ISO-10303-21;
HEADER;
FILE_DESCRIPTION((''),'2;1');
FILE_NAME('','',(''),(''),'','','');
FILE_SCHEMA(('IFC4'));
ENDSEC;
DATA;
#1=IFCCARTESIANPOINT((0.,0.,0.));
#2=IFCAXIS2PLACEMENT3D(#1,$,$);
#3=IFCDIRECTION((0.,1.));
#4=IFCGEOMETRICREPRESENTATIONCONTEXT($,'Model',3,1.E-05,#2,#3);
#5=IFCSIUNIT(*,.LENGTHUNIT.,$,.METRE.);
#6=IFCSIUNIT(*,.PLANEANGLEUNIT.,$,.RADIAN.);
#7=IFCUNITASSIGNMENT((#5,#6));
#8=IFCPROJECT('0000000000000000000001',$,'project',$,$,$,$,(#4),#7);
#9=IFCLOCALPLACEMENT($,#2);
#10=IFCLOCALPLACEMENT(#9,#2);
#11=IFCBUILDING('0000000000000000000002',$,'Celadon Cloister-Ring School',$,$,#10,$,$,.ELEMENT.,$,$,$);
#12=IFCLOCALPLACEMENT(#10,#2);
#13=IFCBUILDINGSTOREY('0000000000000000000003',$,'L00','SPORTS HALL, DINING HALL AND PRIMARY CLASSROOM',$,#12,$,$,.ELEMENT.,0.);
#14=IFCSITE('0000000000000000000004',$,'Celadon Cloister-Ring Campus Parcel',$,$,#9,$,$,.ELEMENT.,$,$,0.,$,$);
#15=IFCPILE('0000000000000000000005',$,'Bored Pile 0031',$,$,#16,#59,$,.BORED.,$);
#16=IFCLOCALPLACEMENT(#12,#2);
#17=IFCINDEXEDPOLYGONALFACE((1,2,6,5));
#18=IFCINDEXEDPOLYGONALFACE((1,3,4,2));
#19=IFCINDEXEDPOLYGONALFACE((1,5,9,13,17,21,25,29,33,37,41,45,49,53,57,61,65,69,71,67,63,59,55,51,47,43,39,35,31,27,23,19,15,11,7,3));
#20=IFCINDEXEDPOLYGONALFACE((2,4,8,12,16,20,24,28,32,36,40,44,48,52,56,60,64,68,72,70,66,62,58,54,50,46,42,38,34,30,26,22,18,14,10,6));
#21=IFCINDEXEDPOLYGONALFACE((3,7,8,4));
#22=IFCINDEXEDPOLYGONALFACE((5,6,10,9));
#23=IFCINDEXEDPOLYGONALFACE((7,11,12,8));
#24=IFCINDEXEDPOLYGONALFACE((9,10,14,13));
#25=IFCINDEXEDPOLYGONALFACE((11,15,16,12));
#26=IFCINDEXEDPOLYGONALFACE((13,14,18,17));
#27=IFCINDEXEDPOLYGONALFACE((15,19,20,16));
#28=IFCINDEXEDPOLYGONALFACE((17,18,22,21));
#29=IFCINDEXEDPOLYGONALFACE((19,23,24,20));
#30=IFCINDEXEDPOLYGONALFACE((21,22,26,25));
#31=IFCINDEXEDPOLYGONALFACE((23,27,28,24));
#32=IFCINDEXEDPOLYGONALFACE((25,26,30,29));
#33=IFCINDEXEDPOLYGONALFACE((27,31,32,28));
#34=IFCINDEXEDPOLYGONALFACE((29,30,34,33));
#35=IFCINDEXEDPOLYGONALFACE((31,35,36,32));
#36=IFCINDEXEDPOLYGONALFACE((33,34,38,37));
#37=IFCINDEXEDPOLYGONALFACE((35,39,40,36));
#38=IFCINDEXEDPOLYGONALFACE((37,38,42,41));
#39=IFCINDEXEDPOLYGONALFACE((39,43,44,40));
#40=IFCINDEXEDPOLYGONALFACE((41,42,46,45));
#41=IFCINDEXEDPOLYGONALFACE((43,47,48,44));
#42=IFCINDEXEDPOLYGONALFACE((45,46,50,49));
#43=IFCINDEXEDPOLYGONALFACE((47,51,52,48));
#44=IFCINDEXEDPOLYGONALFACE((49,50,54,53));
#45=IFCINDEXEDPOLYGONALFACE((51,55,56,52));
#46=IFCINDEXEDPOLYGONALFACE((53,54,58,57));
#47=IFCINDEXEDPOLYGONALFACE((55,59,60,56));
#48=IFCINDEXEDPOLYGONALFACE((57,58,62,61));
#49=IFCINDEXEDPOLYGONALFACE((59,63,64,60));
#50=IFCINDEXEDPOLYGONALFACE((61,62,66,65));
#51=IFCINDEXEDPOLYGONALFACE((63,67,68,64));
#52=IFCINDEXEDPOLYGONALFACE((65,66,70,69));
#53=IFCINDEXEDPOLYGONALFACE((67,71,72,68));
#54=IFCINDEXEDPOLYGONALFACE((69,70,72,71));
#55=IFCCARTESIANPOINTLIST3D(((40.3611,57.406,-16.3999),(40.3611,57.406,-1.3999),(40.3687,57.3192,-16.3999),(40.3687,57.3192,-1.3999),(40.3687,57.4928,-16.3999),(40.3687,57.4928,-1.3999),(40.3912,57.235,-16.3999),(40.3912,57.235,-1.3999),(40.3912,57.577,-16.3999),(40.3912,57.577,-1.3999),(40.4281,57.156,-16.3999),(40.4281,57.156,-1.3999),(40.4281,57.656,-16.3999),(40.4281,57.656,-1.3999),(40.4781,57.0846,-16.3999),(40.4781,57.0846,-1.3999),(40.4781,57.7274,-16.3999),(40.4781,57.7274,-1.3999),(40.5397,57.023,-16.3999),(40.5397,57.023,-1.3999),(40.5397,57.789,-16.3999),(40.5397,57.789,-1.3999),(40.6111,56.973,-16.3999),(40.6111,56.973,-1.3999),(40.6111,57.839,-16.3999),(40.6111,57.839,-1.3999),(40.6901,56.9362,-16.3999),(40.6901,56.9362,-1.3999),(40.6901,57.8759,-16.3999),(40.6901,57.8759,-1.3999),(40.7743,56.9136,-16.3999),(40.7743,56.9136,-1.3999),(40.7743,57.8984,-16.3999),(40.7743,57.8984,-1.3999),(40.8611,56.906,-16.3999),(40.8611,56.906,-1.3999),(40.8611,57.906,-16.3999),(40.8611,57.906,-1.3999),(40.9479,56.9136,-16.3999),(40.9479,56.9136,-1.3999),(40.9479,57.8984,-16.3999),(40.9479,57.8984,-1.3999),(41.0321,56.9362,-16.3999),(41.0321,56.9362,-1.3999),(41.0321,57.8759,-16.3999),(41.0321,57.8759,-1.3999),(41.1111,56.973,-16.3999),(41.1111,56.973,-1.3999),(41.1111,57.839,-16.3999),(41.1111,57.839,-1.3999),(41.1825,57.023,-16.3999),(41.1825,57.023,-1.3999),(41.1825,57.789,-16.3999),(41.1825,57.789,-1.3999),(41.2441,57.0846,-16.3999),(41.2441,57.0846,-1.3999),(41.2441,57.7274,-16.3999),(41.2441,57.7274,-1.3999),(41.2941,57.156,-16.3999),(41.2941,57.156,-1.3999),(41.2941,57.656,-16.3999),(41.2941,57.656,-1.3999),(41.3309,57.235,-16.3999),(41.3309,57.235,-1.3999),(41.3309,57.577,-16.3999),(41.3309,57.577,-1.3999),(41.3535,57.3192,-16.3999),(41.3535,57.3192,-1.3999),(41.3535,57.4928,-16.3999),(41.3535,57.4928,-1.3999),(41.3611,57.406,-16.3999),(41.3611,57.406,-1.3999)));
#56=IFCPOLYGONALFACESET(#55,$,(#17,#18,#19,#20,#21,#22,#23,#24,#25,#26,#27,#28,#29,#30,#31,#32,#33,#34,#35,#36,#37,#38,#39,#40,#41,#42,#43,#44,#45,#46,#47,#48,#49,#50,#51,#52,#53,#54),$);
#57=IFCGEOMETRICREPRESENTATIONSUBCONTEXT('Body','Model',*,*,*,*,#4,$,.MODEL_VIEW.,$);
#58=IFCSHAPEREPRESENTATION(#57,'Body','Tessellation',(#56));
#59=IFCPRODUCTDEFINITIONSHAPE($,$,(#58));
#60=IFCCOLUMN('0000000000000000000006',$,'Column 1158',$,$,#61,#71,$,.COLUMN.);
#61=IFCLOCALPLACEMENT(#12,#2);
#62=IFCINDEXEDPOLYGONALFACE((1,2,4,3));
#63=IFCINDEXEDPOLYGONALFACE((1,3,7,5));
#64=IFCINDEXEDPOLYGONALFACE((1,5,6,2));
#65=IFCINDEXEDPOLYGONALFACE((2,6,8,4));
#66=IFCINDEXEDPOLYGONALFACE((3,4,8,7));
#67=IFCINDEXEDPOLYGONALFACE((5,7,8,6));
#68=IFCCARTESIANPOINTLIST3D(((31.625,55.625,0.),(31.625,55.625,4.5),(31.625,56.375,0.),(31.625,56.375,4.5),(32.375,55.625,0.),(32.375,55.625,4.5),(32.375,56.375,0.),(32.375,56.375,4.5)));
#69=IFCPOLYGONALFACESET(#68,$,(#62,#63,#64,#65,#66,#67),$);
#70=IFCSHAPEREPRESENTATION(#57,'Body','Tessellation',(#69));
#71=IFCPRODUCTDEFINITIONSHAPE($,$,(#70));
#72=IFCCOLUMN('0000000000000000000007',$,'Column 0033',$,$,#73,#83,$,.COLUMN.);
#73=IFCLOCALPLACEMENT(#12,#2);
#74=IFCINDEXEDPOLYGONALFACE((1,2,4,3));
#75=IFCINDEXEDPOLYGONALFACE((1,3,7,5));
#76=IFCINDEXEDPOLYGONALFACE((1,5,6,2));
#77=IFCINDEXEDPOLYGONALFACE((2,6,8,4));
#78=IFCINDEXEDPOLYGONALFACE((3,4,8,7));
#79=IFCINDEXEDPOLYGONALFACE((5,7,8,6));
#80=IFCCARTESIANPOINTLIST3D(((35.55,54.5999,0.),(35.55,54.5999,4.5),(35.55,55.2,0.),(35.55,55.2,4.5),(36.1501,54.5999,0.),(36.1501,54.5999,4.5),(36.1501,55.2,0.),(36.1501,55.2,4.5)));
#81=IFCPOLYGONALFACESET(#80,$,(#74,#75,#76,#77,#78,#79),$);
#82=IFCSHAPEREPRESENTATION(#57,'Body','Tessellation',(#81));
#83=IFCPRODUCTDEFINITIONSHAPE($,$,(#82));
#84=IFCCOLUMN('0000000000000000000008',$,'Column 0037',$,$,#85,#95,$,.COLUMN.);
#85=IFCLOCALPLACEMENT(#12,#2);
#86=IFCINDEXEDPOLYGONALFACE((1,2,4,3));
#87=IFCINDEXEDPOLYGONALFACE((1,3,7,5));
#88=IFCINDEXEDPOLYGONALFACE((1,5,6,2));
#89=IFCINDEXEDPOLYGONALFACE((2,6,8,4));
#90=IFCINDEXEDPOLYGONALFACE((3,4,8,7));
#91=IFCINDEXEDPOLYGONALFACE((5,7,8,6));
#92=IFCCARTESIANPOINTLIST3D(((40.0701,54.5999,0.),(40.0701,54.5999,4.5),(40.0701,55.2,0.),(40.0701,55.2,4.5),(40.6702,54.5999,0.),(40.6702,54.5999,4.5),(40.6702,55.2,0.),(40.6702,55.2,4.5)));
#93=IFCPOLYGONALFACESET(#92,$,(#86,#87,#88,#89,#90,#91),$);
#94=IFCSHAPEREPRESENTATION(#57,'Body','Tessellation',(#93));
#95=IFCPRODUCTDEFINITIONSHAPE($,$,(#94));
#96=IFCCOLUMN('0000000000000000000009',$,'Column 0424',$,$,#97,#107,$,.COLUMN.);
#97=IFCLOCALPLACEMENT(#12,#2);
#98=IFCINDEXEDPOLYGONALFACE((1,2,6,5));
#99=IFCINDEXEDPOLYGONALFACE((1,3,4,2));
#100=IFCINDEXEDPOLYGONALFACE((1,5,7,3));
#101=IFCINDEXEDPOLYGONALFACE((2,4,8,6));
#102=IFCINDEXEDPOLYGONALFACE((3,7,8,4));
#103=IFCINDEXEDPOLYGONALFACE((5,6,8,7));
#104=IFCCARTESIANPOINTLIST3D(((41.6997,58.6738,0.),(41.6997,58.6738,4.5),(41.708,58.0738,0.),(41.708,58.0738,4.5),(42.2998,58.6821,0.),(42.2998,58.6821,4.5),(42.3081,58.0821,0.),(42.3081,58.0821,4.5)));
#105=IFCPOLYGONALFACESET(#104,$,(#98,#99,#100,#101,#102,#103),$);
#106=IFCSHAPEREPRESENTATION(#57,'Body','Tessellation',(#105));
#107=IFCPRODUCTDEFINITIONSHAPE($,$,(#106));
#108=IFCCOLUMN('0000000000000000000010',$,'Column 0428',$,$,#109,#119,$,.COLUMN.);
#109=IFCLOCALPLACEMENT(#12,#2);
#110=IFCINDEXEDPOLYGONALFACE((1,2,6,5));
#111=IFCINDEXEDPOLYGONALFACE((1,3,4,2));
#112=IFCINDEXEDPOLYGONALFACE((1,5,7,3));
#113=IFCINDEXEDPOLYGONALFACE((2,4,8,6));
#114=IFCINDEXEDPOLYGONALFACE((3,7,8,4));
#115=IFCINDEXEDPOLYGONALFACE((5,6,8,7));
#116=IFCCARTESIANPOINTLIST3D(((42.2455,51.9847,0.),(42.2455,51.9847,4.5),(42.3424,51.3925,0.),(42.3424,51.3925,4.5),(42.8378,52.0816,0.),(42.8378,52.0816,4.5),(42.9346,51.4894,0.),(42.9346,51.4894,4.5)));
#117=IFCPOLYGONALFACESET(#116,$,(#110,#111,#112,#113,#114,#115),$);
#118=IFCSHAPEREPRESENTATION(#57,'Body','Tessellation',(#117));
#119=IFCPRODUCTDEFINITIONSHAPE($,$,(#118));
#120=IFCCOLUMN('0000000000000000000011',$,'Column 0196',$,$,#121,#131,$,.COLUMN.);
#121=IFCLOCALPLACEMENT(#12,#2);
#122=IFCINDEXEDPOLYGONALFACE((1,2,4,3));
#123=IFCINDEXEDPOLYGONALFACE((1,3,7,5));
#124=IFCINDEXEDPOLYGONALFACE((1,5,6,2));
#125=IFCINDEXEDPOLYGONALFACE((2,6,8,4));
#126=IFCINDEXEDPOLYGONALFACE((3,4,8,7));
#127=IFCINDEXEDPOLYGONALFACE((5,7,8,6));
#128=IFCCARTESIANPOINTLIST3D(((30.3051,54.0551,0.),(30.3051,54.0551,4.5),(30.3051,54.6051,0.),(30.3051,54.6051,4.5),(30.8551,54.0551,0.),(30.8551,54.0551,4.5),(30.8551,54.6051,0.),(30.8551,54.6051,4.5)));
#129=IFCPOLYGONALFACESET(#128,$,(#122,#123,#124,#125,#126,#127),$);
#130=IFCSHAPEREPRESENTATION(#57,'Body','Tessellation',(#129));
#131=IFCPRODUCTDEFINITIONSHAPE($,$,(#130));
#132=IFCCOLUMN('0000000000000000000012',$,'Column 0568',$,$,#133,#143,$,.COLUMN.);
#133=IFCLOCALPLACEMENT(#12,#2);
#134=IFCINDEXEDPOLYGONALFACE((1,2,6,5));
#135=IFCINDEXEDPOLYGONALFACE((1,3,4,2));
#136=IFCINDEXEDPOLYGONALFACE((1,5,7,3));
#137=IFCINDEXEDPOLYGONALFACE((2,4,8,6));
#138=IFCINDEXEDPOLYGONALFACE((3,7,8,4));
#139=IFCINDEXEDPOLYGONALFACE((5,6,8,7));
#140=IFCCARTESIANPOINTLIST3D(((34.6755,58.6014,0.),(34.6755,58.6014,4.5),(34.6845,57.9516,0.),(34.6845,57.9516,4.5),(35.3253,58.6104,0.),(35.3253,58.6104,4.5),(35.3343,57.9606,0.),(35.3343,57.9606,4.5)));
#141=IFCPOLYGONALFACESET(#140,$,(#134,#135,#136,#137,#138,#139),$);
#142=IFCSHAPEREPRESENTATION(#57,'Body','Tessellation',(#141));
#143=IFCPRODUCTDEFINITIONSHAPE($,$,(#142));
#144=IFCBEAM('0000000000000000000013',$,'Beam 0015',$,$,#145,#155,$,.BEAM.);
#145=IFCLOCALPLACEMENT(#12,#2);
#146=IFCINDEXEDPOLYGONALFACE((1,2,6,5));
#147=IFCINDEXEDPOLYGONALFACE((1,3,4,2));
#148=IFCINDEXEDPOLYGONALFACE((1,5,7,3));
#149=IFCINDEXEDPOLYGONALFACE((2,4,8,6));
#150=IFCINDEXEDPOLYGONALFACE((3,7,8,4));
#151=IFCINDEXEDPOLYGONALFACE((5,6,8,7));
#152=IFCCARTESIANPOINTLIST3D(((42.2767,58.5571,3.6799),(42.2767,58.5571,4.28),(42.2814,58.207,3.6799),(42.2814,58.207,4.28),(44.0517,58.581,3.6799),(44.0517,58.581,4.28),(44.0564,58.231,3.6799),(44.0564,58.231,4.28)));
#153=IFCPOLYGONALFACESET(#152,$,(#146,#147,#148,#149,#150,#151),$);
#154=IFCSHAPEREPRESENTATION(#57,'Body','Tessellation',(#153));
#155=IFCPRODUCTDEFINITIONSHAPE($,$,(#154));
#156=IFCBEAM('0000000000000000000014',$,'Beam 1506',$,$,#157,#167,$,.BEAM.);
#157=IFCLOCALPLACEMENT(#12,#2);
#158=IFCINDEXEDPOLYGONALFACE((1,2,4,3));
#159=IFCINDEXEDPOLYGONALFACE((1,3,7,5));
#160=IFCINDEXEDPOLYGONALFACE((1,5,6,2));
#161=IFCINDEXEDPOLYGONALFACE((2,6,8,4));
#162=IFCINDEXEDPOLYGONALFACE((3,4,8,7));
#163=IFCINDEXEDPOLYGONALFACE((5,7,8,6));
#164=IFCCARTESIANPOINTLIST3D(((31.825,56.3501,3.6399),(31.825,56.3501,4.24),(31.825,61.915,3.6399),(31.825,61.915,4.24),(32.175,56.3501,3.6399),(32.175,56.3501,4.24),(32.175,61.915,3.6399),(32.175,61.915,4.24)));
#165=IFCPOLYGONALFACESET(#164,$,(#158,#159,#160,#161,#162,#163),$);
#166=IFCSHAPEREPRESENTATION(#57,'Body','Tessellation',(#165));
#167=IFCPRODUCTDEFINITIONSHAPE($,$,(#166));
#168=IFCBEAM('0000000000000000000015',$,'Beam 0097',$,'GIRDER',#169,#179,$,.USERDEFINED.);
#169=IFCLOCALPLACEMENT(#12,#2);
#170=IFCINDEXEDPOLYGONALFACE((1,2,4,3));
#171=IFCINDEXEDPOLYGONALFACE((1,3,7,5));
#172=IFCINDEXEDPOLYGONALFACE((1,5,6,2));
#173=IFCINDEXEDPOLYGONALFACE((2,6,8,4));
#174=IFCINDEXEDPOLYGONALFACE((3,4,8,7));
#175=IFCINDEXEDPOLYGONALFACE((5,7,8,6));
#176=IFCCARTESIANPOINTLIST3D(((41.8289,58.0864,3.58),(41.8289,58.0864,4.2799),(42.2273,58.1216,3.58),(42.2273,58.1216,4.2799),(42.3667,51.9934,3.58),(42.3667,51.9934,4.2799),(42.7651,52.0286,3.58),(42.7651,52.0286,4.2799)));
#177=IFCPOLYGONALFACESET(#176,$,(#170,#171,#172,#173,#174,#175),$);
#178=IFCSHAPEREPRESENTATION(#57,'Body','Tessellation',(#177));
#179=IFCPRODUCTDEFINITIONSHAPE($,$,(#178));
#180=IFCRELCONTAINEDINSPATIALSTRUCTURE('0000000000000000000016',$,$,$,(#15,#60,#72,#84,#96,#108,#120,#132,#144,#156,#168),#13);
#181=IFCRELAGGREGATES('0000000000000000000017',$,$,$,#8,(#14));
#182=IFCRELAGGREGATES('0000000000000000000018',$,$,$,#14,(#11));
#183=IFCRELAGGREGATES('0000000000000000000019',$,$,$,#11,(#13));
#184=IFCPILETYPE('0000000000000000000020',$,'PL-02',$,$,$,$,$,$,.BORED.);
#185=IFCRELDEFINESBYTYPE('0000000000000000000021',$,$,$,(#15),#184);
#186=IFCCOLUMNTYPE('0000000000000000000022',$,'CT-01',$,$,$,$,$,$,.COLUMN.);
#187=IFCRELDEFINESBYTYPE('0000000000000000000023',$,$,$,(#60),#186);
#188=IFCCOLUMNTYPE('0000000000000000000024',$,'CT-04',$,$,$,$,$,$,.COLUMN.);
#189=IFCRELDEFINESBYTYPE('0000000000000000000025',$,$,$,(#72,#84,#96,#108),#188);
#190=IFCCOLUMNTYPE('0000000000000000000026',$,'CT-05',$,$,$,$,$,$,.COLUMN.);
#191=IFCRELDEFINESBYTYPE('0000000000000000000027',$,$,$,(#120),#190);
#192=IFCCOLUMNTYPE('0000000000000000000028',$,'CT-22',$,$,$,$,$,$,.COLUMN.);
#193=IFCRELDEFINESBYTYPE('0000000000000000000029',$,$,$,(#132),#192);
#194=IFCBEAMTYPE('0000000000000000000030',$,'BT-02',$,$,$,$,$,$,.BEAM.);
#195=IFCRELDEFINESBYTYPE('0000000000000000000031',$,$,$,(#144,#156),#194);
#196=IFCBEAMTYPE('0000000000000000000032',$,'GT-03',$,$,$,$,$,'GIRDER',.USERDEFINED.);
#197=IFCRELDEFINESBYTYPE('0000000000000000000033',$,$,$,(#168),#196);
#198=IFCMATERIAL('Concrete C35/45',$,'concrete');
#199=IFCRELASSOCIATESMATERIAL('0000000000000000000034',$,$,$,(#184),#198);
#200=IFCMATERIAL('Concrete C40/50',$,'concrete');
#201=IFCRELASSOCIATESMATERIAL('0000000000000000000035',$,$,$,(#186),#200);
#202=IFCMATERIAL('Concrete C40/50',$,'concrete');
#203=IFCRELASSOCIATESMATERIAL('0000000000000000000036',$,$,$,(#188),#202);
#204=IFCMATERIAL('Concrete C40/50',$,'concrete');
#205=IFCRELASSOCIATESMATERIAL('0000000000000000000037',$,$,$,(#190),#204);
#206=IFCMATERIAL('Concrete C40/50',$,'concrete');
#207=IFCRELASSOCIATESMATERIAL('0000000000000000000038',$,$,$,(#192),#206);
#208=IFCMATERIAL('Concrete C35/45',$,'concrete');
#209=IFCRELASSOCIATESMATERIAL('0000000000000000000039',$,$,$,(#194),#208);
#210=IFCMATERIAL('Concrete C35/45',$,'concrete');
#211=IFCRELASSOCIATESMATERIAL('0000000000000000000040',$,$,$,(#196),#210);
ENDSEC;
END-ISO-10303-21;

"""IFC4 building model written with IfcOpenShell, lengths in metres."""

from ifc_helpers import new_model, si_unit, direction, frame, origin, origin_2d, place, context, subcontext, project, spatial, rectangle, circle, extrude, material, material_profile, profile_set, type_object, element, save


model = new_model("IFC4")

# Units and contexts
model_context = context("Model", 3, precision=1e-05, world=origin(), true_north=direction((0.0, 1.0)))
body_context = subcontext(model_context, "Body", "Model", "MODEL_VIEW")
ifc_project = project(units=[si_unit("LENGTHUNIT", "METRE"), si_unit("PLANEANGLEUNIT", "RADIAN")], contexts=[model_context])

# Site, building, storey
site_placement = place(None, origin())
site = spatial("IfcSite", under=ifc_project, at=site_placement, Name="Celadon Cloister-Ring Campus Parcel", CompositionType="ELEMENT", RefElevation=0.0)
building_placement = place(site_placement, origin())
building = spatial("IfcBuilding", under=site, at=building_placement, Name="Celadon Cloister-Ring School", CompositionType="ELEMENT")
storey_placement = place(building_placement, origin())
storey = spatial("IfcBuildingStorey", under=building, at=storey_placement, Name="L00", Description="SPORTS HALL, DINING HALL AND PRIMARY CLASSROOM", CompositionType="ELEMENT", Elevation=0.0)

# Pile
ifc_material_1 = material(Name="Concrete C35/45", Category="concrete")
ifc_material_profile_1 = material_profile(ifc_material_1, circle(Radius=0.5, at=origin_2d()), Name="PILE1000")
ifc_profile_set_1 = profile_set([ifc_material_profile_1], Name="Concrete C35/45")
pile_type = type_object("IfcPileType", Name="PL-02", PredefinedType="BORED", material=ifc_profile_set_1)
for number, where, z_axis, x_axis, name in (
    (1, (40.8611, 57.406, -1.3999), (0.0, 0.0, -1.0), (1.0, 0.0, 0.0), "Bored Pile 0031"),
):
    element("IfcPile", number, at=place(storey_placement, frame(where, z_axis=z_axis, x_axis=x_axis)), inside=storey, type_object=pile_type, Name=name, PredefinedType="BORED", context=body_context, shape_type="SweptSolid", body=[
        extrude(circle(Radius=0.5, at=origin_2d()), origin(), (0.0, 0.0, 1.0), 15.0),
    ])

# Columns
ifc_material_2 = material(Name="Concrete C40/50", Category="concrete")
ifc_material_profile_2 = material_profile(ifc_material_2, rectangle(XDim=0.75, YDim=0.75, at=origin_2d()), Name="RC750X750")
ifc_profile_set_2 = profile_set([ifc_material_profile_2], Name="Concrete C40/50")
column_type_1 = type_object("IfcColumnType", Name="CT-01", PredefinedType="COLUMN", material=ifc_profile_set_2)
column_1_placement = place(storey_placement, frame((32.0, 56.0, 0.0), z_axis=(0.0, 0.0, 1.0), x_axis=(1.0, 0.0, 0.0)))
element("IfcColumn", 2, at=column_1_placement, inside=storey, type_object=column_type_1, Name="Column 1158", PredefinedType="COLUMN", context=body_context, shape_type="SweptSolid", body=[
    extrude(rectangle(XDim=0.75, YDim=0.75, at=origin_2d()), origin(), (0.0, 0.0, 1.0), 4.5),
])
ifc_material_3 = material(Name="Concrete C40/50", Category="concrete")
ifc_material_profile_3 = material_profile(ifc_material_3, rectangle(XDim=0.6001, YDim=0.6001, at=origin_2d()), Name="RC600X600")
ifc_profile_set_3 = profile_set([ifc_material_profile_3], Name="Concrete C40/50")
column_type_2 = type_object("IfcColumnType", Name="CT-04", PredefinedType="COLUMN", material=ifc_profile_set_3)
for number, where, z_axis, x_axis, name in (
    (3, (35.8501, 54.8999, 0.0), (0.0, 0.0, 1.0), (1.0, 0.0, 0.0), "Column 0033"),
    (4, (40.3701, 54.8999, 0.0), (0.0, 0.0, 1.0), (1.0, 0.0, 0.0), "Column 0037"),
    (5, (42.0039, 58.3779, 0.0), (0.0, 0.0, 1.0), (-0.999904, -0.013823, 0.0), "Column 0424"),
    (6, (42.5901, 51.7371, 0.0), (0.0, 0.0, 1.0), (-0.98689, -0.161397, 0.0), "Column 0428"),
):
    element("IfcColumn", number, at=place(storey_placement, frame(where, z_axis=z_axis, x_axis=x_axis)), inside=storey, type_object=column_type_2, Name=name, PredefinedType="COLUMN", context=body_context, shape_type="SweptSolid", body=[
        extrude(rectangle(XDim=0.6001, YDim=0.6001, at=origin_2d()), origin(), (0.0, 0.0, 1.0), 4.5),
    ])
ifc_material_4 = material(Name="Concrete C40/50", Category="concrete")
ifc_material_profile_4 = material_profile(ifc_material_4, rectangle(XDim=0.55, YDim=0.55, at=origin_2d()), Name="RC550X550")
ifc_profile_set_4 = profile_set([ifc_material_profile_4], Name="Concrete C40/50")
column_type_3 = type_object("IfcColumnType", Name="CT-05", PredefinedType="COLUMN", material=ifc_profile_set_4)
column_2_placement = place(storey_placement, frame((30.5801, 54.3301, 0.0), z_axis=(0.0, 0.0, 1.0), x_axis=(1.0, 0.0, 0.0)))
element("IfcColumn", 7, at=column_2_placement, inside=storey, type_object=column_type_3, Name="Column 0196", PredefinedType="COLUMN", context=body_context, shape_type="SweptSolid", body=[
    extrude(rectangle(XDim=0.55, YDim=0.55, at=origin_2d()), origin(), (0.0, 0.0, 1.0), 4.5),
])
ifc_material_5 = material(Name="Concrete C40/50", Category="concrete")
ifc_material_profile_5 = material_profile(ifc_material_5, rectangle(XDim=0.6499, YDim=0.6499, at=origin_2d()), Name="RC650X650")
ifc_profile_set_5 = profile_set([ifc_material_profile_5], Name="Concrete C40/50")
column_type_4 = type_object("IfcColumnType", Name="CT-22", PredefinedType="COLUMN", material=ifc_profile_set_5)
column_3_placement = place(storey_placement, frame((35.0049, 58.281, 0.0), z_axis=(0.0, 0.0, 1.0), x_axis=(-0.999904, -0.013823, 0.0)))
element("IfcColumn", 8, at=column_3_placement, inside=storey, type_object=column_type_4, Name="Column 0568", PredefinedType="COLUMN", context=body_context, shape_type="SweptSolid", body=[
    extrude(rectangle(XDim=0.6499, YDim=0.6499, at=origin_2d()), origin(), (0.0, 0.0, 1.0), 4.5),
])

# Beams
ifc_material_6 = material(Name="Concrete C35/45", Category="concrete")
ifc_material_profile_6 = material_profile(ifc_material_6, rectangle(XDim=0.3501, YDim=0.6001, at=origin_2d()), Name="RC350X600")
ifc_profile_set_6 = profile_set([ifc_material_profile_6], Name="Concrete C35/45")
beam_type_1 = type_object("IfcBeamType", Name="BT-02", PredefinedType="BEAM", material=ifc_profile_set_6)
beam_1_placement = place(storey_placement, frame((42.2791, 58.3821, 3.98), z_axis=(0.999909, 0.013479, 0.0), x_axis=(-0.013479, 0.999909, 0.0)))
element("IfcBeam", 9, at=beam_1_placement, inside=storey, type_object=beam_type_1, Name="Beam 0015", PredefinedType="BEAM", context=body_context, shape_type="SweptSolid", body=[
    extrude(rectangle(XDim=0.3501, YDim=0.6001, at=origin_2d()), origin(), (0.0, 0.0, 1.0), 1.7751),
])
beam_2_placement = place(storey_placement, frame((32.0, 56.3501, 3.9399), z_axis=(0.0, 1.0, 0.0), x_axis=(-1.0, 0.0, 0.0)))
element("IfcBeam", 10, at=beam_2_placement, inside=storey, type_object=beam_type_1, Name="Beam 1506", PredefinedType="BEAM", context=body_context, shape_type="SweptSolid", body=[
    extrude(rectangle(XDim=0.3501, YDim=0.6001, at=origin_2d()), origin(), (0.0, 0.0, 1.0), 5.5649),
])
ifc_material_7 = material(Name="Concrete C35/45", Category="concrete")
ifc_material_profile_7 = material_profile(ifc_material_7, rectangle(XDim=0.3999, YDim=0.7, at=origin_2d()), Name="RC400X700")
ifc_profile_set_7 = profile_set([ifc_material_profile_7], Name="Concrete C35/45")
beam_type_2 = type_object("IfcBeamType", Name="GT-03", ElementType="GIRDER", PredefinedType="USERDEFINED", material=ifc_profile_set_7)
beam_3_placement = place(storey_placement, frame((42.0281, 58.104, 3.9299), z_axis=(0.08793, -0.996127, 0.0), x_axis=(0.996127, 0.08793, 0.0)))
element("IfcBeam", 11, at=beam_3_placement, inside=storey, type_object=beam_type_2, Name="Beam 0097", ObjectType="GIRDER", PredefinedType="USERDEFINED", context=body_context, shape_type="SweptSolid", body=[
    extrude(rectangle(XDim=0.3999, YDim=0.7, at=origin_2d()), origin(), (0.0, 0.0, 1.0), 6.1167),
])

save(model, "model.ifc")
